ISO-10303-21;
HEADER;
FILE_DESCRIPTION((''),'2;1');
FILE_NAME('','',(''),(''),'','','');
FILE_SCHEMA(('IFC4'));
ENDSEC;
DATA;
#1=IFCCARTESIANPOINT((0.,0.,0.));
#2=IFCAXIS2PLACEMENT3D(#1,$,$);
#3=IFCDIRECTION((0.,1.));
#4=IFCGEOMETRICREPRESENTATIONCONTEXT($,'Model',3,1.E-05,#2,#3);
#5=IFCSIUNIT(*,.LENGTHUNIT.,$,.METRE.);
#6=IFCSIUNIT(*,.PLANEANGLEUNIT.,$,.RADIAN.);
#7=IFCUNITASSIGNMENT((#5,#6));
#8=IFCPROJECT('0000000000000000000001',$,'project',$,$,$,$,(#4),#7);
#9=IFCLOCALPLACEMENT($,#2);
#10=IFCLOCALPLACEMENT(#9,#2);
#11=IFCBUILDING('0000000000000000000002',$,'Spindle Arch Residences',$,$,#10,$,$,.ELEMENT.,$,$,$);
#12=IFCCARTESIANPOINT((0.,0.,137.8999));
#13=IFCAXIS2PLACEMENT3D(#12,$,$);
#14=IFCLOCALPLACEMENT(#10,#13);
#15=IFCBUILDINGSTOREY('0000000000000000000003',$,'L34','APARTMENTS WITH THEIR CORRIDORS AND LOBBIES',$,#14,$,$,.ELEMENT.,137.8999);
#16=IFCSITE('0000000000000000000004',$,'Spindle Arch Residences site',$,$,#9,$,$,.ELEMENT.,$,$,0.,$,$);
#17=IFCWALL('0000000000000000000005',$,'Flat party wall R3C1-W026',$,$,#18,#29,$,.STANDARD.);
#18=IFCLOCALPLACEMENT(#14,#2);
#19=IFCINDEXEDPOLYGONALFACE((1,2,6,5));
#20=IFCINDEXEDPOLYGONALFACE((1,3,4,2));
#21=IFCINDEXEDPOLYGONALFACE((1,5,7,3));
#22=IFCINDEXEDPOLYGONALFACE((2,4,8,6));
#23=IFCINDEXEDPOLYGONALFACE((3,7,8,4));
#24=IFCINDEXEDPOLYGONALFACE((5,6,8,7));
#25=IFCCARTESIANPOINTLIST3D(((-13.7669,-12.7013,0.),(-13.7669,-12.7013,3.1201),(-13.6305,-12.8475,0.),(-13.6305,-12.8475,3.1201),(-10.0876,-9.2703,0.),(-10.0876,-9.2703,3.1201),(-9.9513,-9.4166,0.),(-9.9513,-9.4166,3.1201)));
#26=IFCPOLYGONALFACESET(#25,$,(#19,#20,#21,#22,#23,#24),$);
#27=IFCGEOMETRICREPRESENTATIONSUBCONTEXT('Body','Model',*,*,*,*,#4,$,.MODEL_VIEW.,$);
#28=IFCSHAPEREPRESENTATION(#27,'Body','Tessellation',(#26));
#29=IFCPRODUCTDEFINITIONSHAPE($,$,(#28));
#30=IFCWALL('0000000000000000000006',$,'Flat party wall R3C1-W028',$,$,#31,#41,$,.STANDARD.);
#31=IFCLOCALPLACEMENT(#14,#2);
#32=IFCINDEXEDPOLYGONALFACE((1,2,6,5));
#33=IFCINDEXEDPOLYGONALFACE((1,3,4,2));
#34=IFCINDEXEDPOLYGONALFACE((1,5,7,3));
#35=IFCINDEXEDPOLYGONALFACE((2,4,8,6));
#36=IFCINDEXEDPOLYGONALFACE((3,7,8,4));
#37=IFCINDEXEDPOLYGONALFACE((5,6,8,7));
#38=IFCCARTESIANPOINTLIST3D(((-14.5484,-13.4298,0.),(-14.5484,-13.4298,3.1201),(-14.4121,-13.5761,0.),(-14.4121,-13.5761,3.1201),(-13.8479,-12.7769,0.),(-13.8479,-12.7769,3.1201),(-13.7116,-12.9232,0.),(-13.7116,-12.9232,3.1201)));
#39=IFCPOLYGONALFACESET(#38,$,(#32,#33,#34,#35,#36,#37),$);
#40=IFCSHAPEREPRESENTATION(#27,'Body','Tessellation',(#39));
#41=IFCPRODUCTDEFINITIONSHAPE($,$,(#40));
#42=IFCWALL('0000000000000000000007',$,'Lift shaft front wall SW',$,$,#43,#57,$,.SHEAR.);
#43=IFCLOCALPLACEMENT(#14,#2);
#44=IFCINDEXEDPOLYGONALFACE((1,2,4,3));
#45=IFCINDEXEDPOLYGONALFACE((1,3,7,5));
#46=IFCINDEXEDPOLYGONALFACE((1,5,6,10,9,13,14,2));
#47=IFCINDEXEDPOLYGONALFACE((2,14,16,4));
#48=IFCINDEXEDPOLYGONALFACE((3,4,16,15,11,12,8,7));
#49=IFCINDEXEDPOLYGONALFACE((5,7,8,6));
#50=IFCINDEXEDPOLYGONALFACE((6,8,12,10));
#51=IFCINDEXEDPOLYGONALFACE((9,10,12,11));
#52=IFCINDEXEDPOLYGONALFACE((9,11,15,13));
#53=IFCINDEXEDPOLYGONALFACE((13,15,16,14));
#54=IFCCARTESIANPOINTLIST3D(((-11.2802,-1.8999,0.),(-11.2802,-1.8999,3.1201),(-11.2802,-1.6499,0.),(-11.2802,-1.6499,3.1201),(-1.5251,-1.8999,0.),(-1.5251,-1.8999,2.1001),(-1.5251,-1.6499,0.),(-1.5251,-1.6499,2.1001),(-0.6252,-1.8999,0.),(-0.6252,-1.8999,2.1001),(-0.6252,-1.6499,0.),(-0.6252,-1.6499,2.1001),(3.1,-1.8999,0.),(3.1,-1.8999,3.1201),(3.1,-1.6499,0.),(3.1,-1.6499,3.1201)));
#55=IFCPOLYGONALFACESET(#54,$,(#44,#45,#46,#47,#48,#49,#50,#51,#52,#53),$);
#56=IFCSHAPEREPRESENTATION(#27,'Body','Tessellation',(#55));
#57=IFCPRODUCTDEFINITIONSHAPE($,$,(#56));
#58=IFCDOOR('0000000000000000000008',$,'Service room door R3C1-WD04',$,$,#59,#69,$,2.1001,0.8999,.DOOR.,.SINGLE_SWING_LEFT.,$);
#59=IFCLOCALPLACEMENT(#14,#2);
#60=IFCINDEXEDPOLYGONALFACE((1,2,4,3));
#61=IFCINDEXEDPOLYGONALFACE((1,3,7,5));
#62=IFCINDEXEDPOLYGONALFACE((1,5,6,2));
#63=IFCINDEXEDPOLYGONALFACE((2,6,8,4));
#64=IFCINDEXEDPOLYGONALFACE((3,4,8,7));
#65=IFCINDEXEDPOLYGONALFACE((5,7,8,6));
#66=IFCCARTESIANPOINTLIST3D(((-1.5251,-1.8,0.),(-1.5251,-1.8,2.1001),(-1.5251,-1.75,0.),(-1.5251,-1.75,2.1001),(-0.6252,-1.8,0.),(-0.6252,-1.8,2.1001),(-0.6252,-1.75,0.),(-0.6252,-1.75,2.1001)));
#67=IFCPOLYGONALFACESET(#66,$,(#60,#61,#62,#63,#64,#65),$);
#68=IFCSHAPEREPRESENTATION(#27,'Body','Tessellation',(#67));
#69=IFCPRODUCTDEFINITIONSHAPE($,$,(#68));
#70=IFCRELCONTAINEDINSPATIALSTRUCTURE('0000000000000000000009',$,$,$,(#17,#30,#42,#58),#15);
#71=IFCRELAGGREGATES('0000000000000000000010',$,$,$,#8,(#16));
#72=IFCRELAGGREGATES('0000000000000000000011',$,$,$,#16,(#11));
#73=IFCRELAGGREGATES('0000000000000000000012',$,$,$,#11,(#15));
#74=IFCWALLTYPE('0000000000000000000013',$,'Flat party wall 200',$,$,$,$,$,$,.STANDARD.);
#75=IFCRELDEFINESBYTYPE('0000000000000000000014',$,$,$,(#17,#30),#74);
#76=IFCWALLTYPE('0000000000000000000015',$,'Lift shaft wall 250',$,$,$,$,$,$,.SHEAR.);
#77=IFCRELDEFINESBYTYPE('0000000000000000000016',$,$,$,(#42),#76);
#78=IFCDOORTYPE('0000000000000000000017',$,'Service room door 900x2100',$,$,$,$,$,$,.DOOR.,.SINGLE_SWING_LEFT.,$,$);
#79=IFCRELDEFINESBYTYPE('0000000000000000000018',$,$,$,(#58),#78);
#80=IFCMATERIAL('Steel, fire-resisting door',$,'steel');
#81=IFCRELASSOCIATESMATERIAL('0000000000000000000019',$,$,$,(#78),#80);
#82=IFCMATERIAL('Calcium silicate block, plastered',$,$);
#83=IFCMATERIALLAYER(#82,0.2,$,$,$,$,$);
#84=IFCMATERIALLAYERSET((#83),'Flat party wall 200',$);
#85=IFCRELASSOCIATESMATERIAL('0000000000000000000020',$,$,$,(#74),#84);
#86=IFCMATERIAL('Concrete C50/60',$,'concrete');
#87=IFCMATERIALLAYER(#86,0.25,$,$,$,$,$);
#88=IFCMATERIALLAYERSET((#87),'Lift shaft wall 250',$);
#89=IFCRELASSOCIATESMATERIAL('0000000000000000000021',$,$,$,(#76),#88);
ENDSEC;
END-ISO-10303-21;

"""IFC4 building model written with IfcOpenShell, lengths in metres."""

from ifc_helpers import new_model, si_unit, direction, frame, frame_2d, origin, place, context, subcontext, project, spatial, rectangle, extrude, material, layer, layer_set, type_object, element, fill, save


model = new_model("IFC4")

# Units and contexts
model_context = context("Model", 3, precision=1e-05, world=origin(), true_north=direction((0.0, 1.0)))
body_context = subcontext(model_context, "Body", "Model", "MODEL_VIEW")
ifc_project = project(units=[si_unit("LENGTHUNIT", "METRE"), si_unit("PLANEANGLEUNIT", "RADIAN")], contexts=[model_context])

# Site, building, storey
site_placement = place(None, origin())
site = spatial("IfcSite", under=ifc_project, at=site_placement, Name="Spindle Arch Residences site", CompositionType="ELEMENT", RefElevation=0.0)
building_placement = place(site_placement, origin())
building = spatial("IfcBuilding", under=site, at=building_placement, Name="Spindle Arch Residences", CompositionType="ELEMENT")
storey_placement = place(building_placement, frame((0.0, 0.0, 137.8999)))
storey = spatial("IfcBuildingStorey", under=building, at=storey_placement, Name="L34", Description="APARTMENTS WITH THEIR CORRIDORS AND LOBBIES", CompositionType="ELEMENT", Elevation=137.8999)

# Shared definitions
ifc_material_1 = material(Name="Steel, fire-resisting door", Category="steel")
door_type_1 = type_object("IfcDoorType", Name="Service room door 900x2100", OperationType="SINGLE_SWING_LEFT", PredefinedType="DOOR", material=ifc_material_1)

# Walls
ifc_material_2 = material(Name="Calcium silicate block, plastered")
ifc_layer_1 = layer(ifc_material_2, 0.2)
ifc_layer_set_1 = layer_set([ifc_layer_1], Name="Flat party wall 200")
wall_type_1 = type_object("IfcWallType", Name="Flat party wall 200", PredefinedType="STANDARD", material=ifc_layer_set_1)
wall_1_placement = place(storey_placement, frame((-13.6987, -12.7744, 0.0), z_axis=(0.0, 0.0, 1.0), x_axis=(0.731354, 0.681998, 0.0)))
element("IfcWall", 1, at=wall_1_placement, inside=storey, type_object=wall_type_1, Name="Flat party wall R3C1-W026", PredefinedType="STANDARD", context=body_context, shape_type="SweptSolid", body=[
    extrude(rectangle(XDim=5.0308, YDim=0.2, at=frame_2d((2.5154, 0.0))), origin(), (0.0, 0.0, 1.0), 3.1201),
])
wall_2_placement = place(storey_placement, frame((-14.4802, -13.5029, 0.0), z_axis=(0.0, 0.0, 1.0), x_axis=(0.73153, 0.681809, 0.0)))
element("IfcWall", 2, at=wall_2_placement, inside=storey, type_object=wall_type_1, Name="Flat party wall R3C1-W028", PredefinedType="STANDARD", context=body_context, shape_type="SweptSolid", body=[
    extrude(rectangle(XDim=0.9575, YDim=0.2, at=frame_2d((0.4788, 0.0))), origin(), (0.0, 0.0, 1.0), 3.1201),
])

# Wall, opening, door
ifc_material_3 = material(Name="Concrete C50/60", Category="concrete")
ifc_layer_2 = layer(ifc_material_3, 0.25)
ifc_layer_set_2 = layer_set([ifc_layer_2], Name="Lift shaft wall 250")
wall_type_2 = type_object("IfcWallType", Name="Lift shaft wall 250", PredefinedType="SHEAR", material=ifc_layer_set_2)
wall_3_placement = place(storey_placement, frame((-11.28, -1.7749, 0.0), z_axis=(0.0, 0.0, 1.0), x_axis=(1.0, 0.0, 0.0)))
wall_3 = element("IfcWall", 3, at=wall_3_placement, inside=storey, type_object=wall_type_2, Name="Lift shaft front wall SW", PredefinedType="SHEAR", context=body_context, shape_type="SweptSolid", body=[
    extrude(rectangle(XDim=14.3801, YDim=0.25, at=frame_2d((7.1899, 0.0))), origin(), (0.0, 0.0, 1.0), 3.1201),
])
opening_1_placement = place(wall_3_placement, frame((9.7549, 0.0, 0.0)))
opening_1 = element("IfcOpeningElement", 4, at=opening_1_placement, cuts=wall_3, PredefinedType="OPENING", context=body_context, shape_type="SweptSolid", body=[
    extrude(rectangle(XDim=0.8999, YDim=2.1001, at=frame_2d((0.45, 1.05))), frame((0.0, 0.135, 0.0), z_axis=(0.0, -1.0, 0.0), x_axis=(1.0, 0.0, 0.0)), (0.0, 0.0, 1.0), 0.27),
])
door_1_placement = place(opening_1_placement, origin())
door_1 = element("IfcDoor", 5, at=door_1_placement, inside=storey, type_object=door_type_1, Name="Service room door R3C1-WD04", OperationType="SINGLE_SWING_LEFT", OverallHeight=2.1001, OverallWidth=0.8999, PredefinedType="DOOR", context=body_context, shape_type="SweptSolid", body=[
    extrude(rectangle(XDim=0.8999, YDim=2.1001, at=frame_2d((0.45, 1.05))), frame((0.0, 0.0249, 0.0), z_axis=(0.0, -1.0, 0.0), x_axis=(1.0, 0.0, 0.0)), (0.0, 0.0, 1.0), 0.05),
])
fill(opening_1, door_1)

save(model, "model.ifc")
